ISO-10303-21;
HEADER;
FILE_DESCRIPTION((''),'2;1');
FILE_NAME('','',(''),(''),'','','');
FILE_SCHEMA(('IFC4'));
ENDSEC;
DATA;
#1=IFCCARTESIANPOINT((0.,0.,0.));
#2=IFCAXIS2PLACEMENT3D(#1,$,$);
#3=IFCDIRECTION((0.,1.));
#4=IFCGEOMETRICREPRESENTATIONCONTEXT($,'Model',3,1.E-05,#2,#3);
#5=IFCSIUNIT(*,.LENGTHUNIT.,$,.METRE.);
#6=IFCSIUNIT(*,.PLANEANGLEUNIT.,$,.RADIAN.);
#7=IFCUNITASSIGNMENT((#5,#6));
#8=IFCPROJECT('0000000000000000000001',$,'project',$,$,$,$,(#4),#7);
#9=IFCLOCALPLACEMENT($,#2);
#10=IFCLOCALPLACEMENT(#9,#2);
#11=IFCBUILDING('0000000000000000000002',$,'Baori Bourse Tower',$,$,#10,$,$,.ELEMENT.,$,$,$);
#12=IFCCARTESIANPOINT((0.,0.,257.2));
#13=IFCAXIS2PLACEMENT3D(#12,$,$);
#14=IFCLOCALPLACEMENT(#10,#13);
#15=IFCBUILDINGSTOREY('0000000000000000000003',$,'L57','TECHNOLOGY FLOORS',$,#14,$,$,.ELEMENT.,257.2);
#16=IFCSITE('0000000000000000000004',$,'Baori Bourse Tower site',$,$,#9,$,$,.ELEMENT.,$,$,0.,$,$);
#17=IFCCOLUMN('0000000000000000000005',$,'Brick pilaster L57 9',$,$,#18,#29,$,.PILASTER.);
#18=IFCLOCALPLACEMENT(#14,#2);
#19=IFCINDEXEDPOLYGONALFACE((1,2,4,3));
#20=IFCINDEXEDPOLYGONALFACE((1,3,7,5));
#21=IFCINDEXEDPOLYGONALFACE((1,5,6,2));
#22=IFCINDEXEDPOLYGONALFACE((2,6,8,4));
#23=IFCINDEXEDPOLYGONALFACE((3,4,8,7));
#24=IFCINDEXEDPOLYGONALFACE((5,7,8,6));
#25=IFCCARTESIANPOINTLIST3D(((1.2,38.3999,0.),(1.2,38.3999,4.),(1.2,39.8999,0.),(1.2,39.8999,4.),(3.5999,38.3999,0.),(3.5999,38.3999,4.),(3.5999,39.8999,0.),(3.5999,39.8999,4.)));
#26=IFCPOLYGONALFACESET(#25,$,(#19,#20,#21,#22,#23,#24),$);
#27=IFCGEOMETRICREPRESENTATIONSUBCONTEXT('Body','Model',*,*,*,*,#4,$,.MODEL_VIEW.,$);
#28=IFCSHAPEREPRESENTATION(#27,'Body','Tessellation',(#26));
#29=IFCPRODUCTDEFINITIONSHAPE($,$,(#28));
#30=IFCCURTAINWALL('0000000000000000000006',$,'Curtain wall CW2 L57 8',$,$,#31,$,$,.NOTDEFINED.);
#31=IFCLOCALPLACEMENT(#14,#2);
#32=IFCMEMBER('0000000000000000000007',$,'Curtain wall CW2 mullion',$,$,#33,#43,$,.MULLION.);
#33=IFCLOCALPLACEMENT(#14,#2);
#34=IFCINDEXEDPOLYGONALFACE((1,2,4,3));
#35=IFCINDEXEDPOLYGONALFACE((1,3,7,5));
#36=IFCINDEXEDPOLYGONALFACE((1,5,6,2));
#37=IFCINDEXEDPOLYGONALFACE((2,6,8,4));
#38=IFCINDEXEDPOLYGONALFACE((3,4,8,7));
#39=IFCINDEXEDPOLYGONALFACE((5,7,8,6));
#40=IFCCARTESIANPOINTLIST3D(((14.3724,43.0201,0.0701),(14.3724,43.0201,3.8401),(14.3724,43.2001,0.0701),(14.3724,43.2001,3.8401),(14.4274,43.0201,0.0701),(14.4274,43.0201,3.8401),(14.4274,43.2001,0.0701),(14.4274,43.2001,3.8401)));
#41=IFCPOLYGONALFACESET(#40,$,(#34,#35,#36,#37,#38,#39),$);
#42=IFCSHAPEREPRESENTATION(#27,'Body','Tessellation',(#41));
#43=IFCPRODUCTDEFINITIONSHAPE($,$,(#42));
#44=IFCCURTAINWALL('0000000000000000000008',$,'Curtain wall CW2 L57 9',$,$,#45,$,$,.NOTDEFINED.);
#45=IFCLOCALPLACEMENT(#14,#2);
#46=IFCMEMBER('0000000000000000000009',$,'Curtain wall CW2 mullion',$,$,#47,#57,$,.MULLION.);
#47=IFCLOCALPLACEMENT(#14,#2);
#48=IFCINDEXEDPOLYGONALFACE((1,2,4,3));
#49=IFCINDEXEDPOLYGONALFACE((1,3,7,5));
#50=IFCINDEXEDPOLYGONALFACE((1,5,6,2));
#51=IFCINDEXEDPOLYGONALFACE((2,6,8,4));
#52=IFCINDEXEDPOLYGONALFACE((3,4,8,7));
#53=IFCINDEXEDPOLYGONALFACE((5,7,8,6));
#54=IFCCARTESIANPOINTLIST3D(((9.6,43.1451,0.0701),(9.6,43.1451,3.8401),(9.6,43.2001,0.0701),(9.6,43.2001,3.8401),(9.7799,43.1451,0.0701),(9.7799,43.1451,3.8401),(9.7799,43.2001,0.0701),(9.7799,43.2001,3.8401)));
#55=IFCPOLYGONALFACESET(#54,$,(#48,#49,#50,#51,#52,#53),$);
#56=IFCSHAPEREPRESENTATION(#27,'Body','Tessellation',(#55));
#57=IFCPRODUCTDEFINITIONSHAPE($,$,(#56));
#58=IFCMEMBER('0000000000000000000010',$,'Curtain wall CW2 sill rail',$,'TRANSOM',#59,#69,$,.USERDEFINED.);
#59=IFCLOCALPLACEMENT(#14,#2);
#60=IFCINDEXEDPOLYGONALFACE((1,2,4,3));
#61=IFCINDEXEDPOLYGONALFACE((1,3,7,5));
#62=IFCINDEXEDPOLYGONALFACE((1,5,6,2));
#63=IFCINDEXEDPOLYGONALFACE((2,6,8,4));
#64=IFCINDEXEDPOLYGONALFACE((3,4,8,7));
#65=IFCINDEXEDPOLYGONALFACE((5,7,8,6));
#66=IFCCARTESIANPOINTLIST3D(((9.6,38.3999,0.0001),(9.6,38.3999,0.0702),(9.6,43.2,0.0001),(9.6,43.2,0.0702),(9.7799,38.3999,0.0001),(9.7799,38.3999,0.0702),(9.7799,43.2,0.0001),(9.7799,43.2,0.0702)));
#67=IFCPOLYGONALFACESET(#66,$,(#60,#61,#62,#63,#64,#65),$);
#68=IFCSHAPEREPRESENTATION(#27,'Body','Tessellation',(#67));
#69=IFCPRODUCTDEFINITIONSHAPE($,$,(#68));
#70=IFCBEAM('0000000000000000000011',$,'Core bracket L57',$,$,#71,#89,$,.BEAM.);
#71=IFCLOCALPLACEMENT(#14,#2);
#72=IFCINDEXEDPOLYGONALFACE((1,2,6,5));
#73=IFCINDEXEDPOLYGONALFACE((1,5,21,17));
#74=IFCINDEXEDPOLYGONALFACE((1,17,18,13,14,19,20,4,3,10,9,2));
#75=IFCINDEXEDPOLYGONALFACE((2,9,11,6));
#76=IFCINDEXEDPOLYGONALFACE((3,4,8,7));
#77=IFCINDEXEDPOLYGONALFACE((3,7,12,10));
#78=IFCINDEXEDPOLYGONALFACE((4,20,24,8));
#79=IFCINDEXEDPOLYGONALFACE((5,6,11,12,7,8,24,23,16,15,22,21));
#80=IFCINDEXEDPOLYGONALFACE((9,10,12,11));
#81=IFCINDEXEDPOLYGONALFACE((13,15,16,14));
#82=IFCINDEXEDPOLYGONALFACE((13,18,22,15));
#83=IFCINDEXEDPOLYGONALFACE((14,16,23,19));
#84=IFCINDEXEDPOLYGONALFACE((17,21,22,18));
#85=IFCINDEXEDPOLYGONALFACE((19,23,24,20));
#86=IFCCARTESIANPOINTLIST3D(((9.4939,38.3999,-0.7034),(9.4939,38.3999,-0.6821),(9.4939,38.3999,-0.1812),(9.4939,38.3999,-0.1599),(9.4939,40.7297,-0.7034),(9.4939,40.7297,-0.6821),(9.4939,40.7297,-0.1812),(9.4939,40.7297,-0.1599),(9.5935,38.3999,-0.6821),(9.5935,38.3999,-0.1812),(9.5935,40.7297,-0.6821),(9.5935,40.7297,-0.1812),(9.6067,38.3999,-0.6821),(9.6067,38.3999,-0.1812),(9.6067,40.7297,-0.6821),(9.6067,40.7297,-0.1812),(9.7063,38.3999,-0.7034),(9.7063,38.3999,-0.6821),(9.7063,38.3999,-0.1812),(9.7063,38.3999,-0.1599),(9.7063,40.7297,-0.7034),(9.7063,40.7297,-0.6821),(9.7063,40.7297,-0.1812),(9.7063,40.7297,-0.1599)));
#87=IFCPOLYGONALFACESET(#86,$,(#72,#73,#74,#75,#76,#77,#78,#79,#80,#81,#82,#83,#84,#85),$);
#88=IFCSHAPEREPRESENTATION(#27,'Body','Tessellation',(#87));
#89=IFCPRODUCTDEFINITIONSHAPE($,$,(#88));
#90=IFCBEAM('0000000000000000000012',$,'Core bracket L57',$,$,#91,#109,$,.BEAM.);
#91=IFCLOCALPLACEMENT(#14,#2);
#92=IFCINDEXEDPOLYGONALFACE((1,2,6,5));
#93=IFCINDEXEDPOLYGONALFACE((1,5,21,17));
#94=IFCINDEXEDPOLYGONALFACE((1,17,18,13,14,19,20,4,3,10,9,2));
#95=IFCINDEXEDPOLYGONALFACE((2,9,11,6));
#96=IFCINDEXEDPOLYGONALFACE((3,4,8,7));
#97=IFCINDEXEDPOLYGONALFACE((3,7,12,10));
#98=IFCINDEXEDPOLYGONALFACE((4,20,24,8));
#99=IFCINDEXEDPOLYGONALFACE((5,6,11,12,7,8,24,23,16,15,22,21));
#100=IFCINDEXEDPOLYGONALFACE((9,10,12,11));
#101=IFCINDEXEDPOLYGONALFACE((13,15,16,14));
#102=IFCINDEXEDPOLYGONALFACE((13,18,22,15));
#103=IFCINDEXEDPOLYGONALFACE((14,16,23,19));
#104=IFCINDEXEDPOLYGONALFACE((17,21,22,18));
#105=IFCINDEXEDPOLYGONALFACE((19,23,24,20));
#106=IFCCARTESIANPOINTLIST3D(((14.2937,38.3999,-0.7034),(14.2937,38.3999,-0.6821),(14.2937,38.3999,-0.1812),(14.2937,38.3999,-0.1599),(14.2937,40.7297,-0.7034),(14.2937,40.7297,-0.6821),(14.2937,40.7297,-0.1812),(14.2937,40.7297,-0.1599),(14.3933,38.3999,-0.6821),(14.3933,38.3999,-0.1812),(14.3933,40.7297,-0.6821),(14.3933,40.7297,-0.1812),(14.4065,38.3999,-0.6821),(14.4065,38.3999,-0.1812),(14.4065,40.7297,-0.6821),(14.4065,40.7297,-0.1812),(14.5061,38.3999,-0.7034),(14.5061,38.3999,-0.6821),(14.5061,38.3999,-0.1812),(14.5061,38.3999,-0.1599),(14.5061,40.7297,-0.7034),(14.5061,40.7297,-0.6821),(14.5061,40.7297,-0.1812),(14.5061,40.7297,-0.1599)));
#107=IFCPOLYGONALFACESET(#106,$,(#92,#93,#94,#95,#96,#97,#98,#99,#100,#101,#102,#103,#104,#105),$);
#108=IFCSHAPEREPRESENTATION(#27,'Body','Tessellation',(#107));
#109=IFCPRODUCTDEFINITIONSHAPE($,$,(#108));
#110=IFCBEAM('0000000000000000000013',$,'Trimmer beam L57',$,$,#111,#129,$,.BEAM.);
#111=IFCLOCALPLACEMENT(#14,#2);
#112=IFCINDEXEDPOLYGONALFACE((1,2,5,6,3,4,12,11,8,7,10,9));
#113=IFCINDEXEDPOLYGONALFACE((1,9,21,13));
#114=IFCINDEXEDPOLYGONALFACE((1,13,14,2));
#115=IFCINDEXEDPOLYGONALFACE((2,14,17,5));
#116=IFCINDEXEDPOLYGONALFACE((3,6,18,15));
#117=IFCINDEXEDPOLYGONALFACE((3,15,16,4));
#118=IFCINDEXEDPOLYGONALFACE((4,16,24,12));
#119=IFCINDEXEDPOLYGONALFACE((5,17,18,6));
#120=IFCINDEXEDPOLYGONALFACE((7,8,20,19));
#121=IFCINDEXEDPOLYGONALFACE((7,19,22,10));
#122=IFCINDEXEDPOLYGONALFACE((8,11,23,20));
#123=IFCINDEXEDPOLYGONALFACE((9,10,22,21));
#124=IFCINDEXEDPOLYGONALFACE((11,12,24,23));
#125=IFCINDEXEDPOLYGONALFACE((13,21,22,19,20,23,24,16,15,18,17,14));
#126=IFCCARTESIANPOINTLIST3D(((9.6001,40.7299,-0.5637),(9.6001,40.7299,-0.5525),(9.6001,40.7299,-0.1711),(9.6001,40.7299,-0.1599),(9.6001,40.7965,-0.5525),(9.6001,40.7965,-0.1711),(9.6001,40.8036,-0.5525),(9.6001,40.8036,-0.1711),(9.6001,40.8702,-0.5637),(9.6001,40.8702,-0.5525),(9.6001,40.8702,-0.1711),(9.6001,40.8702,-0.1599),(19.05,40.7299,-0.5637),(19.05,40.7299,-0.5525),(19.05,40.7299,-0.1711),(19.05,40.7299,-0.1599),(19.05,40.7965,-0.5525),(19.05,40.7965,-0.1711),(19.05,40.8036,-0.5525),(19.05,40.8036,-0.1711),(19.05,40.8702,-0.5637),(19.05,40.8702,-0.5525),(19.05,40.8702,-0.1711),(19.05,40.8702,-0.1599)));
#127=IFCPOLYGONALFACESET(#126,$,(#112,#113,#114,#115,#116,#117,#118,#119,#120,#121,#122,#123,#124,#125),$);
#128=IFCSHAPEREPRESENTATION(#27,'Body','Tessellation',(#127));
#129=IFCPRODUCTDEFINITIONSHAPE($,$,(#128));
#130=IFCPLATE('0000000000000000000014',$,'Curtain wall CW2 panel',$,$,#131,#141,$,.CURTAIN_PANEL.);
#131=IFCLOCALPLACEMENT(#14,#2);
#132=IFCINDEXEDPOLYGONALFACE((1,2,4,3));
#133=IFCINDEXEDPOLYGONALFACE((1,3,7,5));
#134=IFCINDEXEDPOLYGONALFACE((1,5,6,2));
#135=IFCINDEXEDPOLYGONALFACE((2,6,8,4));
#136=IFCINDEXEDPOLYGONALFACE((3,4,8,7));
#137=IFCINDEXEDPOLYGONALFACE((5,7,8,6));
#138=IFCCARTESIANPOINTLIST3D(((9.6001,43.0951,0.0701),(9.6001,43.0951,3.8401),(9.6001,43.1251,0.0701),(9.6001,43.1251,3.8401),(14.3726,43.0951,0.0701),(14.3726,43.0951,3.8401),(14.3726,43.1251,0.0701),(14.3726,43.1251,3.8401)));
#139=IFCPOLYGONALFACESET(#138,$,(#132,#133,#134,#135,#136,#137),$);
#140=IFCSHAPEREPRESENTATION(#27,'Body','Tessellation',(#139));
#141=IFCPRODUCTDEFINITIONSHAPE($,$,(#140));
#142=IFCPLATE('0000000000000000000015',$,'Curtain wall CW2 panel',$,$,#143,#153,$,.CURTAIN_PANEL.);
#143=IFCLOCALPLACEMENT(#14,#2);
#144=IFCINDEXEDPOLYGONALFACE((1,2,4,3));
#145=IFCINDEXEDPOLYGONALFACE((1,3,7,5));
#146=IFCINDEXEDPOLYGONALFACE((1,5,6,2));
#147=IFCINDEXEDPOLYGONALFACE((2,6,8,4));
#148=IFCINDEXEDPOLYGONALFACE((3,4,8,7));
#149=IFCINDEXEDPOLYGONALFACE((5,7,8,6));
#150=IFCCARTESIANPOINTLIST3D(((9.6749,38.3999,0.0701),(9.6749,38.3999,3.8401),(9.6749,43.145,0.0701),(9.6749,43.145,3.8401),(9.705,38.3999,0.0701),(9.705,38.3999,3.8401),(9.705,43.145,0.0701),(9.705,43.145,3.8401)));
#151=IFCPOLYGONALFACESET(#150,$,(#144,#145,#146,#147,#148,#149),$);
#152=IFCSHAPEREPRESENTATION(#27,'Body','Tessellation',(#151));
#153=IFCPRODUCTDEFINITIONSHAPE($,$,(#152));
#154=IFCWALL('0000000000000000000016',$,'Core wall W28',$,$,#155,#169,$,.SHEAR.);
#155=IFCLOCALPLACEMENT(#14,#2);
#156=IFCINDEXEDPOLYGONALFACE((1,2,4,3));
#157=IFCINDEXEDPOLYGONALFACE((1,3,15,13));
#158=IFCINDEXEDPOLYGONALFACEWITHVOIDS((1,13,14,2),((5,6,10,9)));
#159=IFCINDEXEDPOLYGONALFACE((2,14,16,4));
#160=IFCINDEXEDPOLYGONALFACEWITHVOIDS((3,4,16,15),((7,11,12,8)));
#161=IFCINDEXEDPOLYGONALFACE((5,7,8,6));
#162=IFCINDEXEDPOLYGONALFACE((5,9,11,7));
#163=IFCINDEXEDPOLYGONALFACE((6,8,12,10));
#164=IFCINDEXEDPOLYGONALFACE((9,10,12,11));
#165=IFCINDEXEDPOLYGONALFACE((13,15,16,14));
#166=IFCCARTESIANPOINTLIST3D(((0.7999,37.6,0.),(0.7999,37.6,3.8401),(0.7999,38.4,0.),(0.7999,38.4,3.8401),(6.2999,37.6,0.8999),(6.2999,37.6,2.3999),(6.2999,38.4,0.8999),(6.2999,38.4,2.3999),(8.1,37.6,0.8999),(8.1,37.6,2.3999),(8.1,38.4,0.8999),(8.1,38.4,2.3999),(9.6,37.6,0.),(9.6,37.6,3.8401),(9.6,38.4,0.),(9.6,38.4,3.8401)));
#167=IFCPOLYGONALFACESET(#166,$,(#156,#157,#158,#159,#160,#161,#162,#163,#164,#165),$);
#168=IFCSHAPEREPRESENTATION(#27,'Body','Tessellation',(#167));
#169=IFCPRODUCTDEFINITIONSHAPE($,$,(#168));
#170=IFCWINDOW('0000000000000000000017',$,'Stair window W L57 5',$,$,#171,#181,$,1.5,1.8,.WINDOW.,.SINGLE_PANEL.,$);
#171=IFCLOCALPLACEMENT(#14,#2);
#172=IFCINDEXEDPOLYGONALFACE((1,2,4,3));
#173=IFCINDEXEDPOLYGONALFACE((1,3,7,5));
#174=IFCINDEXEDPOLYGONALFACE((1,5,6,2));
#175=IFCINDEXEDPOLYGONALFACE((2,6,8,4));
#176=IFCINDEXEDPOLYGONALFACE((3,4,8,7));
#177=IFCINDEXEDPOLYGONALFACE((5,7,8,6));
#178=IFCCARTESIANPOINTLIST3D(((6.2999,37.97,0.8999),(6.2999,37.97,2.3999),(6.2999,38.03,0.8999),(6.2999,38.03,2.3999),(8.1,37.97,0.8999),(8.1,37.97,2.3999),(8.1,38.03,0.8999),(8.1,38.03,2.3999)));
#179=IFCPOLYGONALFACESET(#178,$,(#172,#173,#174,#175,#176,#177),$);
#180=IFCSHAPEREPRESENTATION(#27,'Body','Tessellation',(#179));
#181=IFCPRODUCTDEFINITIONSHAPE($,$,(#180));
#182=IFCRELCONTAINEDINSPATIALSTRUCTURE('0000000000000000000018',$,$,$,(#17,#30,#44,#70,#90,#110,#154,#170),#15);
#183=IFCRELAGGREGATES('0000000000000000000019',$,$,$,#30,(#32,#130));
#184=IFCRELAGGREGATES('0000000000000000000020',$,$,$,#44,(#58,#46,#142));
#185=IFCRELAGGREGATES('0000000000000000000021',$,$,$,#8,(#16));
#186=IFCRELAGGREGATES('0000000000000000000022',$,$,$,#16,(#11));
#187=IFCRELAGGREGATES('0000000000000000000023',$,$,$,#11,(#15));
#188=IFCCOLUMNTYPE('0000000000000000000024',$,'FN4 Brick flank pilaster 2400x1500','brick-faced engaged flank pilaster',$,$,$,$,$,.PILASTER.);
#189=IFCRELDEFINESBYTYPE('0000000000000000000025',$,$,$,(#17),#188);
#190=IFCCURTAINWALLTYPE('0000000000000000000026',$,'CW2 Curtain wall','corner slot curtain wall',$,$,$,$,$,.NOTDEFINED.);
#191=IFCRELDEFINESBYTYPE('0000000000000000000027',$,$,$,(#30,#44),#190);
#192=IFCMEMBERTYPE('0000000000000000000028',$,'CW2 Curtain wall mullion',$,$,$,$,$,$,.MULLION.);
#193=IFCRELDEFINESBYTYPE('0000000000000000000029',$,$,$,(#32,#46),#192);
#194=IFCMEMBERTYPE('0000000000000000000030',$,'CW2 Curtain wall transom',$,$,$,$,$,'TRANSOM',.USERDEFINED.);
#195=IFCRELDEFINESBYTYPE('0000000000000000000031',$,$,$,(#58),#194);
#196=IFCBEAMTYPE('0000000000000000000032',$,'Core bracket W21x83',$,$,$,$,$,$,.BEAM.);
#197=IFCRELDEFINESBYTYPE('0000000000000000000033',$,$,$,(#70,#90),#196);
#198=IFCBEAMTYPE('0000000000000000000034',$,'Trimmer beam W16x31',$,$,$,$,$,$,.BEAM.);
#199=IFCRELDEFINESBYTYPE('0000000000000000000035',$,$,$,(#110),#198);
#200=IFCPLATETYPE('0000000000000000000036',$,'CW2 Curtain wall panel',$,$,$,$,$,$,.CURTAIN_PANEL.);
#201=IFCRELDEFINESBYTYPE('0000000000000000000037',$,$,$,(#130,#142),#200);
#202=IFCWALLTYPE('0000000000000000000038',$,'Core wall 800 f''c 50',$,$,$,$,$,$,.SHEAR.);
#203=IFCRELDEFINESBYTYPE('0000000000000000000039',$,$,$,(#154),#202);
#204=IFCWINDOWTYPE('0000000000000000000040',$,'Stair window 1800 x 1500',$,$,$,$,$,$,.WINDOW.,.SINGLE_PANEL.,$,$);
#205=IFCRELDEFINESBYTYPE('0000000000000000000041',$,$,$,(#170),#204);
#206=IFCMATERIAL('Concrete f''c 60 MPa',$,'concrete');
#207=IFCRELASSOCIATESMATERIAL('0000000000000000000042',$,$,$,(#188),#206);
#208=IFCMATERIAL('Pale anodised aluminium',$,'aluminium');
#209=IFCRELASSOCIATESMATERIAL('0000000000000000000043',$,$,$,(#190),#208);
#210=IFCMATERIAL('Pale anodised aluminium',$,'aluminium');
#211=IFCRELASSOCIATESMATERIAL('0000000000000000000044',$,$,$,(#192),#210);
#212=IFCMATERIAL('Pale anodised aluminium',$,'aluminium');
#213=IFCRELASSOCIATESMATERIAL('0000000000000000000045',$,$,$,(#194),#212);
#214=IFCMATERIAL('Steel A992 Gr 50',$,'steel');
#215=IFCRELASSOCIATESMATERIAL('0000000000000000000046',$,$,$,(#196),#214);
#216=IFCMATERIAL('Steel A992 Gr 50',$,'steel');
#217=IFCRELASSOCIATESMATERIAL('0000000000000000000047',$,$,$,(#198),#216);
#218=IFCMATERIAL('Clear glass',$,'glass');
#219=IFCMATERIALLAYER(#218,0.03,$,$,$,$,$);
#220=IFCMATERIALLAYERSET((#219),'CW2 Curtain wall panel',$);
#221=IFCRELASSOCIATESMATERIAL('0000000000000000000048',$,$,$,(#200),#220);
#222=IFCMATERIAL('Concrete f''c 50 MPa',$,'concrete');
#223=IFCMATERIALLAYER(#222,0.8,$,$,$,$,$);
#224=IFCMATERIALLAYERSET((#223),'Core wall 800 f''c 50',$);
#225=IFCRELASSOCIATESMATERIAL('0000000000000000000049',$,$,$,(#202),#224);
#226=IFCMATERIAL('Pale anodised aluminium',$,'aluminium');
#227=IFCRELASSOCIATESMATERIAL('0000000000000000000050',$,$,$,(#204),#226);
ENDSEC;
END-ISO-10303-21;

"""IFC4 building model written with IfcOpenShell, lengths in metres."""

from ifc_helpers import new_model, si_unit, direction, frame, frame_2d, origin, origin_2d, place, context, subcontext, project, spatial, rectangle, i_section, extrude, material, layer, layer_set, material_profile, profile_set, type_object, element, fill, aggregate, save


model = new_model("IFC4")

# Units and contexts
model_context = context("Model", 3, precision=1e-05, world=origin(), true_north=direction((0.0, 1.0)))
body_context = subcontext(model_context, "Body", "Model", "MODEL_VIEW")
ifc_project = project(units=[si_unit("LENGTHUNIT", "METRE"), si_unit("PLANEANGLEUNIT", "RADIAN")], contexts=[model_context])

# Site, building, storey
site_placement = place(None, origin())
site = spatial("IfcSite", under=ifc_project, at=site_placement, Name="Baori Bourse Tower site", CompositionType="ELEMENT", RefElevation=0.0)
building_placement = place(site_placement, origin())
building = spatial("IfcBuilding", under=site, at=building_placement, Name="Baori Bourse Tower", CompositionType="ELEMENT")
storey_placement = place(building_placement, frame((0.0, 0.0, 257.2)))
storey = spatial("IfcBuildingStorey", under=building, at=storey_placement, Name="L57", Description="TECHNOLOGY FLOORS", CompositionType="ELEMENT", Elevation=257.2)

# Column
ifc_material_1 = material(Name="Concrete f'c 60 MPa", Category="concrete")
ifc_material_profile_1 = material_profile(ifc_material_1, rectangle(XDim=2.3999, YDim=1.5, at=origin_2d()), Name="RC 2400x1500")
ifc_profile_set_1 = profile_set([ifc_material_profile_1], Name="Concrete f'c 60 MPa")
column_type = type_object("IfcColumnType", Name="FN4 Brick flank pilaster 2400x1500", Description="brick-faced engaged flank pilaster", PredefinedType="PILASTER", material=ifc_profile_set_1)
column_placement = place(storey_placement, frame((2.3999, 39.1499, 0.0), z_axis=(0.0, 0.0, 1.0), x_axis=(1.0, 0.0, 0.0)))
element("IfcColumn", 1, at=column_placement, inside=storey, type_object=column_type, Name="Brick pilaster L57 9", PredefinedType="PILASTER", context=body_context, shape_type="SweptSolid", body=[
    extrude(rectangle(XDim=2.3999, YDim=1.5, at=origin_2d()), origin(), (0.0, 0.0, 1.0), 4.0),
])

# Curtain wall, member
ifc_material_2 = material(Name="Pale anodised aluminium", Category="aluminium")
curtain_wall_type = type_object("IfcCurtainWallType", Name="CW2 Curtain wall", Description="corner slot curtain wall", PredefinedType="NOTDEFINED", material=ifc_material_2)
curtain_wall_1_placement = place(storey_placement, origin())
curtain_wall_1 = element("IfcCurtainWall", 2, at=curtain_wall_1_placement, inside=storey, type_object=curtain_wall_type, Name="Curtain wall CW2 L57 8", PredefinedType="NOTDEFINED")
ifc_material_3 = material(Name="Pale anodised aluminium", Category="aluminium")
ifc_material_profile_2 = material_profile(ifc_material_3, rectangle(XDim=0.1799, YDim=0.0549, at=origin_2d()), Name="Mullion 55x180")
ifc_profile_set_2 = profile_set([ifc_material_profile_2], Name="Pale anodised aluminium")
member_type_1 = type_object("IfcMemberType", Name="CW2 Curtain wall mullion", PredefinedType="MULLION", material=ifc_profile_set_2)
member_1_placement = place(storey_placement, frame((14.3999, 43.1101, 0.0701), z_axis=(0.0, 0.0, 1.0), x_axis=(0.0, -1.0, 0.0)))
member_1 = element("IfcMember", 3, at=member_1_placement, type_object=member_type_1, Name="Curtain wall CW2 mullion", PredefinedType="MULLION", context=body_context, shape_type="SweptSolid", body=[
    extrude(rectangle(XDim=0.1799, YDim=0.0549, at=origin_2d()), origin(), (0.0, 0.0, 1.0), 3.77),
])

# Curtain wall, members
curtain_wall_2_placement = place(storey_placement, origin())
curtain_wall_2 = element("IfcCurtainWall", 4, at=curtain_wall_2_placement, inside=storey, type_object=curtain_wall_type, Name="Curtain wall CW2 L57 9", PredefinedType="NOTDEFINED")
member_2_placement = place(storey_placement, frame((9.6899, 43.1726, 0.0701), z_axis=(0.0, 0.0, 1.0), x_axis=(1.0, 0.0, 0.0)))
member_2 = element("IfcMember", 5, at=member_2_placement, type_object=member_type_1, Name="Curtain wall CW2 mullion", PredefinedType="MULLION", context=body_context, shape_type="SweptSolid", body=[
    extrude(rectangle(XDim=0.1799, YDim=0.0549, at=origin_2d()), origin(), (0.0, 0.0, 1.0), 3.77),
])
ifc_material_4 = material(Name="Pale anodised aluminium", Category="aluminium")
ifc_material_profile_3 = material_profile(ifc_material_4, rectangle(XDim=0.1799, YDim=0.0701, at=origin_2d()), Name="Transom 70x180")
ifc_profile_set_3 = profile_set([ifc_material_profile_3], Name="Pale anodised aluminium")
member_type_2 = type_object("IfcMemberType", Name="CW2 Curtain wall transom", ElementType="TRANSOM", PredefinedType="USERDEFINED", material=ifc_profile_set_3)
member_3_placement = place(storey_placement, frame((9.6899, 43.2, 0.0352), z_axis=(0.0, -1.0, 0.0), x_axis=(1.0, 0.0, 0.0)))
member_3 = element("IfcMember", 6, at=member_3_placement, type_object=member_type_2, Name="Curtain wall CW2 sill rail", ObjectType="TRANSOM", PredefinedType="USERDEFINED", context=body_context, shape_type="SweptSolid", body=[
    extrude(rectangle(XDim=0.1799, YDim=0.0701, at=origin_2d()), origin(), (0.0, 0.0, 1.0), 4.8),
])

# Beams
ifc_material_5 = material(Name="Steel A992 Gr 50", Category="steel")
ifc_material_profile_4 = material_profile(ifc_material_5, i_section(OverallWidth=0.2124, OverallDepth=0.5435, WebThickness=0.0132, FlangeThickness=0.0212, at=origin_2d()), Name="W21x83")
ifc_profile_set_4 = profile_set([ifc_material_profile_4], Name="Steel A992 Gr 50")
beam_type_1 = type_object("IfcBeamType", Name="Core bracket W21x83", PredefinedType="BEAM", material=ifc_profile_set_4)
for number, where, z_axis, x_axis, name in (
    (7, (9.6001, 38.3999, -0.4316), (0.0, 1.0, 0.0), (-1.0, 0.0, 0.0), "Core bracket L57"),
    (8, (14.3999, 38.3999, -0.4316), (0.0, 1.0, 0.0), (-1.0, 0.0, 0.0), "Core bracket L57"),
):
    element("IfcBeam", number, at=place(storey_placement, frame(where, z_axis=z_axis, x_axis=x_axis)), inside=storey, type_object=beam_type_1, Name=name, PredefinedType="BEAM", context=body_context, shape_type="SweptSolid", body=[
        extrude(i_section(OverallWidth=0.2124, OverallDepth=0.5435, WebThickness=0.0132, FlangeThickness=0.0212, at=origin_2d()), origin(), (0.0, 0.0, 1.0), 2.3298),
    ])
ifc_material_6 = material(Name="Steel A992 Gr 50", Category="steel")
ifc_material_profile_5 = material_profile(ifc_material_6, i_section(OverallWidth=0.1404, OverallDepth=0.4038, WebThickness=0.0071, FlangeThickness=0.0112, at=origin_2d()), Name="W16x31")
ifc_profile_set_5 = profile_set([ifc_material_profile_5], Name="Steel A992 Gr 50")
beam_type_2 = type_object("IfcBeamType", Name="Trimmer beam W16x31", PredefinedType="BEAM", material=ifc_profile_set_5)
beam_placement = place(storey_placement, frame((9.6001, 40.8, -0.3618), z_axis=(1.0, 0.0, 0.0), x_axis=(0.0, 1.0, 0.0)))
element("IfcBeam", 9, at=beam_placement, inside=storey, type_object=beam_type_2, Name="Trimmer beam L57", PredefinedType="BEAM", context=body_context, shape_type="SweptSolid", body=[
    extrude(i_section(OverallWidth=0.1404, OverallDepth=0.4038, WebThickness=0.0071, FlangeThickness=0.0112, at=origin_2d()), origin(), (0.0, 0.0, 1.0), 9.45),
])

# Plates
ifc_material_7 = material(Name="Clear glass", Category="glass")
ifc_layer_1 = layer(ifc_material_7, 0.03)
ifc_layer_set_1 = layer_set([ifc_layer_1], Name="CW2 Curtain wall panel")
plate_type = type_object("IfcPlateType", Name="CW2 Curtain wall panel", PredefinedType="CURTAIN_PANEL", material=ifc_layer_set_1)
plate_1_placement = place(storey_placement, frame((11.9863, 43.1101, 0.0701), z_axis=(0.0, 0.0, 1.0), x_axis=(-1.0, 0.0, 0.0)))
plate_1 = element("IfcPlate", 10, at=plate_1_placement, type_object=plate_type, Name="Curtain wall CW2 panel", PredefinedType="CURTAIN_PANEL", context=body_context, shape_type="SweptSolid", body=[
    extrude(rectangle(XDim=4.7725, YDim=0.03, at=origin_2d()), origin(), (0.0, 0.0, 1.0), 3.77),
])
aggregate(curtain_wall_1, [member_1, plate_1])
plate_2_placement = place(storey_placement, frame((9.6899, 40.7725, 0.0701), z_axis=(0.0, 0.0, 1.0), x_axis=(0.0, -1.0, 0.0)))
plate_2 = element("IfcPlate", 11, at=plate_2_placement, type_object=plate_type, Name="Curtain wall CW2 panel", PredefinedType="CURTAIN_PANEL", context=body_context, shape_type="SweptSolid", body=[
    extrude(rectangle(XDim=4.7451, YDim=0.03, at=origin_2d()), origin(), (0.0, 0.0, 1.0), 3.77),
])
aggregate(curtain_wall_2, [member_3, member_2, plate_2])

# Wall, opening, window
ifc_material_8 = material(Name="Concrete f'c 50 MPa", Category="concrete")
ifc_layer_2 = layer(ifc_material_8, 0.8)
ifc_layer_set_2 = layer_set([ifc_layer_2], Name="Core wall 800 f'c 50")
wall_type_1 = type_object("IfcWallType", Name="Core wall 800 f'c 50", PredefinedType="SHEAR", material=ifc_layer_set_2)
wall_1_placement = place(storey_placement, frame((0.8, 38.0, 0.0), z_axis=(0.0, 0.0, 1.0), x_axis=(1.0, 0.0, 0.0)))
wall_1 = element("IfcWall", 12, at=wall_1_placement, inside=storey, type_object=wall_type_1, Name="Core wall W28", PredefinedType="SHEAR", context=body_context, shape_type="SweptSolid", body=[
    extrude(rectangle(XDim=8.8, YDim=0.8, at=frame_2d((4.3999, 0.0))), origin(), (0.0, 0.0, 1.0), 3.8401),
])
opening_1_placement = place(wall_1_placement, frame((5.5, 0.0, 0.8999)))
opening_1 = element("IfcOpeningElement", 13, at=opening_1_placement, cuts=wall_1, PredefinedType="OPENING", context=body_context, shape_type="SweptSolid", body=[
    extrude(rectangle(XDim=1.8, YDim=1.5, at=frame_2d((0.8999, 0.75))), frame((0.0, 0.4099, 0.0), z_axis=(0.0, -1.0, 0.0), x_axis=(1.0, 0.0, 0.0)), (0.0, 0.0, 1.0), 0.8201),
])
ifc_material_9 = material(Name="Pale anodised aluminium", Category="aluminium")
window_type = type_object("IfcWindowType", Name="Stair window 1800 x 1500", PartitioningType="SINGLE_PANEL", PredefinedType="WINDOW", material=ifc_material_9)
window_placement = place(opening_1_placement, origin())
window = element("IfcWindow", 14, at=window_placement, inside=storey, type_object=window_type, Name="Stair window W L57 5", OverallHeight=1.5, OverallWidth=1.8, PartitioningType="SINGLE_PANEL", PredefinedType="WINDOW", context=body_context, shape_type="SweptSolid", body=[
    extrude(rectangle(XDim=1.8, YDim=1.5, at=frame_2d((0.8999, 0.75))), frame((0.0, 0.03, 0.0), z_axis=(0.0, -1.0, 0.0), x_axis=(1.0, 0.0, 0.0)), (0.0, 0.0, 1.0), 0.0601),
])
fill(opening_1, window)

save(model, "model.ifc")
